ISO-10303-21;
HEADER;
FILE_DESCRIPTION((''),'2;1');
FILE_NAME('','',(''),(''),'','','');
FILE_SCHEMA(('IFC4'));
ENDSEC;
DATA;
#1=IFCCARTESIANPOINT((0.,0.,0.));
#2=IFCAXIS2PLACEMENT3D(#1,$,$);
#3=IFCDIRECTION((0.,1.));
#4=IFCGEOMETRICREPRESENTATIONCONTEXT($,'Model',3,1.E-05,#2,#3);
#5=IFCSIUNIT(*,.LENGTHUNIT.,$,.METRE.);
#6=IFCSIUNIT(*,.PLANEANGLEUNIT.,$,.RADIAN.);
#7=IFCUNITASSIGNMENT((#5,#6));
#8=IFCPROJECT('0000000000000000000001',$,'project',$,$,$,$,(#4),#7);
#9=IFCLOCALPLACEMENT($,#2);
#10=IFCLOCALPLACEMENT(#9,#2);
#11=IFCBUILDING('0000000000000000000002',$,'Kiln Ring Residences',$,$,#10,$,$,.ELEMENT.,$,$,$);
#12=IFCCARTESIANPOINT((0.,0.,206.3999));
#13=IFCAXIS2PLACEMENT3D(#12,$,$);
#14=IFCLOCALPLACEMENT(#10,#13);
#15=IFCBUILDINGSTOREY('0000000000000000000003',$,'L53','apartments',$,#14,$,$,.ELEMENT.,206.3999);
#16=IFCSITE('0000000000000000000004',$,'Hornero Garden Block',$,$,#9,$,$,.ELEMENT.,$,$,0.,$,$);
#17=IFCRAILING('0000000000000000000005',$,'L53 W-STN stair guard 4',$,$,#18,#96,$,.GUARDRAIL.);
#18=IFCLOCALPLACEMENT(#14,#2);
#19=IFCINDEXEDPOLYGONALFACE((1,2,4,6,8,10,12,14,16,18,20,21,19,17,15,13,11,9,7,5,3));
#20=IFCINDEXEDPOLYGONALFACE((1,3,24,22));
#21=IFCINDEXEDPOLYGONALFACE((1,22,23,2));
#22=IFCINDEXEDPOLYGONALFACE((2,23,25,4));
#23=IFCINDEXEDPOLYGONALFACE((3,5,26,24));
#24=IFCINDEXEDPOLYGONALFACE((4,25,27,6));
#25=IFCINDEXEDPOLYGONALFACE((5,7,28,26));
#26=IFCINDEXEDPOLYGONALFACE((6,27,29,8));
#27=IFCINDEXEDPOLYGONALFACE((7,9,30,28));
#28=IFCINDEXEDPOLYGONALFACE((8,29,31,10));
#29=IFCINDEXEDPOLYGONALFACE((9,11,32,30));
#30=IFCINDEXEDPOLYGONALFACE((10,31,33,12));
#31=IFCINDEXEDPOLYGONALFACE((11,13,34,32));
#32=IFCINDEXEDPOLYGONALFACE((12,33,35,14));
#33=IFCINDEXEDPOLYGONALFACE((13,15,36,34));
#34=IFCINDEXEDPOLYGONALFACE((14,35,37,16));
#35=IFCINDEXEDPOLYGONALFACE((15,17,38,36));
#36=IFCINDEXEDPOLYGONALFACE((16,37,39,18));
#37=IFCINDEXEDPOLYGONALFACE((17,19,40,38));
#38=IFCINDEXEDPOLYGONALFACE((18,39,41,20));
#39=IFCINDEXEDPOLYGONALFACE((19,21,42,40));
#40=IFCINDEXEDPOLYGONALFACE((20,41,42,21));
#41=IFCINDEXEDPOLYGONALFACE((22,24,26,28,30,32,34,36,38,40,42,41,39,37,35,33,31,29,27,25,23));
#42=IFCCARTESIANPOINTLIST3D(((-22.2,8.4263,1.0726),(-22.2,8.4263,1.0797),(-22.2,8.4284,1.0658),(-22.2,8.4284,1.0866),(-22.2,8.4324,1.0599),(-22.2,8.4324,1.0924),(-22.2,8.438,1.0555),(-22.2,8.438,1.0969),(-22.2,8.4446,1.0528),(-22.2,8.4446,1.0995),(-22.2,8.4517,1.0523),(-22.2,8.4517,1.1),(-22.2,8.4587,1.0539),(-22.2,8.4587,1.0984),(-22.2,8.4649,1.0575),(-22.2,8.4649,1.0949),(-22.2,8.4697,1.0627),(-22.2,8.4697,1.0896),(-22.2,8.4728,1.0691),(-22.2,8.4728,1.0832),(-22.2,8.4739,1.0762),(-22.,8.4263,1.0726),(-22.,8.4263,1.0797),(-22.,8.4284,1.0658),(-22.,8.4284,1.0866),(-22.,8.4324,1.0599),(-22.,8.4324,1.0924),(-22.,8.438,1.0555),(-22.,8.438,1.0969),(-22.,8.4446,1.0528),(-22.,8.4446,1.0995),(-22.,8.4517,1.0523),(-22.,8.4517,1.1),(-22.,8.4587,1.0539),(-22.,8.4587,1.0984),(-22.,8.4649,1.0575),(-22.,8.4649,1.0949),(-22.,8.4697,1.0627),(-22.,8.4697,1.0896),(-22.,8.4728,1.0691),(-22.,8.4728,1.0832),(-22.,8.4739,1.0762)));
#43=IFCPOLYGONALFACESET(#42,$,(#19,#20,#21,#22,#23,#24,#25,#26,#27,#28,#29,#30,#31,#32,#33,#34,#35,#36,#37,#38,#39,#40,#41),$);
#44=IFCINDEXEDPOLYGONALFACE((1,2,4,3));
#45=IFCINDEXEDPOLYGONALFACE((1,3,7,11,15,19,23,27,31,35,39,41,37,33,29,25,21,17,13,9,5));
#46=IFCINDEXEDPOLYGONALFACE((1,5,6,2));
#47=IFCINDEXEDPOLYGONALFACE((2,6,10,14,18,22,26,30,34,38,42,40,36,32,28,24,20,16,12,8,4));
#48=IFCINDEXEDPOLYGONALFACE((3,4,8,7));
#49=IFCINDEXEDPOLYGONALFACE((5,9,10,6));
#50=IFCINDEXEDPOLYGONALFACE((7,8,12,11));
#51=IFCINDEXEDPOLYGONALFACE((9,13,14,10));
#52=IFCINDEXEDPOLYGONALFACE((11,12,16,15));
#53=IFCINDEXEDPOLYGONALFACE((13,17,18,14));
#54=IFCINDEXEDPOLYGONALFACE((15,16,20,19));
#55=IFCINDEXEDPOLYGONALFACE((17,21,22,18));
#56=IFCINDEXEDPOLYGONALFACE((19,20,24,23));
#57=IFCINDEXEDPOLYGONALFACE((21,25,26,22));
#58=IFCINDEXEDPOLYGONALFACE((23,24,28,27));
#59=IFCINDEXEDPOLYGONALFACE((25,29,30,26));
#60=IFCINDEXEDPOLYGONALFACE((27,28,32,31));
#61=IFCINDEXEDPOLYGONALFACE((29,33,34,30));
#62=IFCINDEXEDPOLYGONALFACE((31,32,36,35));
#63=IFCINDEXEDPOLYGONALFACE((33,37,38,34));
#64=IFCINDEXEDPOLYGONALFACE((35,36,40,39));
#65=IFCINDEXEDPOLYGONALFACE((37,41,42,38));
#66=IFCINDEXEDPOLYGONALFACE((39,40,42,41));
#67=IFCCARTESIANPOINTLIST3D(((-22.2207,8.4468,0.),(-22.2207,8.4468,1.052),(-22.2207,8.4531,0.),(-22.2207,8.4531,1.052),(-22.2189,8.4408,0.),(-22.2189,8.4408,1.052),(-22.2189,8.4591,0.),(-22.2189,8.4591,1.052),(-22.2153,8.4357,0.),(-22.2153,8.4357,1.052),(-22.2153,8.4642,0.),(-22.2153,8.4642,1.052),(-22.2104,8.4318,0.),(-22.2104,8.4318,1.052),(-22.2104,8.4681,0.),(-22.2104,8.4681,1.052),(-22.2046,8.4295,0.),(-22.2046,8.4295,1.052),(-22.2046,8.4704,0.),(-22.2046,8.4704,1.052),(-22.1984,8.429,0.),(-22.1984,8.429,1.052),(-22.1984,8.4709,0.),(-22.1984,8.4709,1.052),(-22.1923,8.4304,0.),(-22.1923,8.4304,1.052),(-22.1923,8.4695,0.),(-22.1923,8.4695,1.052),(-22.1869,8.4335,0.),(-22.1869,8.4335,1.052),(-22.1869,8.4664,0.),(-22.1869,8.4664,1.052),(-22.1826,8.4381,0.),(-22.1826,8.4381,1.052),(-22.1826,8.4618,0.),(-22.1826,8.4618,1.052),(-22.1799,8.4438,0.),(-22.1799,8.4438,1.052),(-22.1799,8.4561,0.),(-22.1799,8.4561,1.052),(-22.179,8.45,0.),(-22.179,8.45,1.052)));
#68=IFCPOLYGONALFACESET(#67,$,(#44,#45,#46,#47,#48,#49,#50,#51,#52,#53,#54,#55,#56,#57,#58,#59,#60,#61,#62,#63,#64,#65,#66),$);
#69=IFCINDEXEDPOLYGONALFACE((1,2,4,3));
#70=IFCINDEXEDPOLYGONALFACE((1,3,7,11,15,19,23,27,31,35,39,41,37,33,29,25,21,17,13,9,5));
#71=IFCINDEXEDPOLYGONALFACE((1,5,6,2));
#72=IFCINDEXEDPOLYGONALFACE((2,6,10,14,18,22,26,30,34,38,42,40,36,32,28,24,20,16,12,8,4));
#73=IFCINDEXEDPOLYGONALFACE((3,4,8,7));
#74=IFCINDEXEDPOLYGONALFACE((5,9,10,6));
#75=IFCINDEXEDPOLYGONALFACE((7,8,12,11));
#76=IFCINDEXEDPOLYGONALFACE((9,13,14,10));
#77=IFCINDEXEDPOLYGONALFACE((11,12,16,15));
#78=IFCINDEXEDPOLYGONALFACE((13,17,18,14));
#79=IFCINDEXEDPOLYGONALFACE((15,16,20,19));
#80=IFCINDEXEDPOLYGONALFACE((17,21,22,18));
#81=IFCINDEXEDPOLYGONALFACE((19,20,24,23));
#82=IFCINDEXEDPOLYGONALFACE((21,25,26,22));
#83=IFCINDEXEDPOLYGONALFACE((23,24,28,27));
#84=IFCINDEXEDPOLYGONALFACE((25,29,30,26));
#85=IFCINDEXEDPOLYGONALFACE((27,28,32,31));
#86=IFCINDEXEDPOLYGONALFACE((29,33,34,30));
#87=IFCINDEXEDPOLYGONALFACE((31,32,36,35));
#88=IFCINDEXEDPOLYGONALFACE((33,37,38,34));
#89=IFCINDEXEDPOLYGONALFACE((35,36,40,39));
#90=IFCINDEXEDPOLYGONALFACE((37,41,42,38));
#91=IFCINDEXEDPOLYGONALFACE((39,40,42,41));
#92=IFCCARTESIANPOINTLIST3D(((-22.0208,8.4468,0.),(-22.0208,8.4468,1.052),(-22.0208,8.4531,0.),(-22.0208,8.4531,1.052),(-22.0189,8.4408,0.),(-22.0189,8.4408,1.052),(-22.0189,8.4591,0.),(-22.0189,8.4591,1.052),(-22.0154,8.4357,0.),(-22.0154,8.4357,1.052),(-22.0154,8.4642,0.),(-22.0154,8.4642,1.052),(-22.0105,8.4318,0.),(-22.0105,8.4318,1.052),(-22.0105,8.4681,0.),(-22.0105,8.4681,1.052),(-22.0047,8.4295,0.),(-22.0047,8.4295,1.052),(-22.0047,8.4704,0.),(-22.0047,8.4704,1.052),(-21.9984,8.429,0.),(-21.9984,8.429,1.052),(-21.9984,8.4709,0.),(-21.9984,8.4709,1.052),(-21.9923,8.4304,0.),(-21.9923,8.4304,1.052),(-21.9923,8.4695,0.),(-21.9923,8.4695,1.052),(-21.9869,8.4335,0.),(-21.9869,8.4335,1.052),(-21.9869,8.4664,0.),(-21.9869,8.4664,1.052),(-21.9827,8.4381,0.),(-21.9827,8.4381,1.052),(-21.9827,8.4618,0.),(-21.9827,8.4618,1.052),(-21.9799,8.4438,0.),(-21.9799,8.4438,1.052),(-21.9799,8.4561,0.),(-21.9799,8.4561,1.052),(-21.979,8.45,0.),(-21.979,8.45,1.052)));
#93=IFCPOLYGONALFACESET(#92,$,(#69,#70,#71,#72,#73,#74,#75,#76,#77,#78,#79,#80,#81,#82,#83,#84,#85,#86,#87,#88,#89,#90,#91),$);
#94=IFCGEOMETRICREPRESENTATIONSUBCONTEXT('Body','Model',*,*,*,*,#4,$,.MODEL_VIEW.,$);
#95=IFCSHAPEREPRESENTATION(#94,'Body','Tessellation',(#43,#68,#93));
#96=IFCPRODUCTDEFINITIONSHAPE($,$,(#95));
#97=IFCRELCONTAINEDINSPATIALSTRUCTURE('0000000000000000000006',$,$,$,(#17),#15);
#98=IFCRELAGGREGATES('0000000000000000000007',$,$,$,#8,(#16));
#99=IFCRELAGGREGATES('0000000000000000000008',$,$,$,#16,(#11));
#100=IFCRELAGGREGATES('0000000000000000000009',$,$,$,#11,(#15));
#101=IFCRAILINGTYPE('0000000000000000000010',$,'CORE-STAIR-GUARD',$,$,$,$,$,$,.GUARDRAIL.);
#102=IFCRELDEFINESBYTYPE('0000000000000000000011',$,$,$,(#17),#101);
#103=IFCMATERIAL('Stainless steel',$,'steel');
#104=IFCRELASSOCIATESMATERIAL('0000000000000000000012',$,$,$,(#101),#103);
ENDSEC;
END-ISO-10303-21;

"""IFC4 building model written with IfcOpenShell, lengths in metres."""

from ifc_helpers import new_model, si_unit, direction, frame, origin, origin_2d, place, context, subcontext, project, spatial, circle, extrude, material, type_object, element, save


model = new_model("IFC4")

# Units and contexts
model_context = context("Model", 3, precision=1e-05, world=origin(), true_north=direction((0.0, 1.0)))
body_context = subcontext(model_context, "Body", "Model", "MODEL_VIEW")
ifc_project = project(units=[si_unit("LENGTHUNIT", "METRE"), si_unit("PLANEANGLEUNIT", "RADIAN")], contexts=[model_context])

# Site, building, storey
site_placement = place(None, origin())
site = spatial("IfcSite", under=ifc_project, at=site_placement, Name="Hornero Garden Block", CompositionType="ELEMENT", RefElevation=0.0)
building_placement = place(site_placement, origin())
building = spatial("IfcBuilding", under=site, at=building_placement, Name="Kiln Ring Residences", CompositionType="ELEMENT")
storey_placement = place(building_placement, frame((0.0, 0.0, 206.3999)))
storey = spatial("IfcBuildingStorey", under=building, at=storey_placement, Name="L53", Description="apartments", CompositionType="ELEMENT", Elevation=206.3999)

# Railing
ifc_material_1 = material(Name="Stainless steel", Category="steel")
railing_type_1 = type_object("IfcRailingType", Name="CORE-STAIR-GUARD", PredefinedType="GUARDRAIL", material=ifc_material_1)
railing_1_placement = place(storey_placement, frame((-22.2, 8.45, 0.0)))
element("IfcRailing", 1, at=railing_1_placement, inside=storey, type_object=railing_type_1, Name="L53 W-STN stair guard 4", PredefinedType="GUARDRAIL", context=body_context, shape_type="SweptSolid", body=[
    extrude(circle(Radius=0.0239, at=origin_2d()), frame((0.0, 0.0, 1.0762), z_axis=(1.0, 0.0, 0.0), x_axis=(0.0, 1.0, 0.0)), (0.0, 0.0, 1.0), 0.2),
    extrude(circle(Radius=0.021, at=origin_2d()), origin(), (0.0, 0.0, 1.0), 1.052),
    extrude(circle(Radius=0.021, at=origin_2d()), frame((0.2, 0.0, 0.0)), (0.0, 0.0, 1.0), 1.052),
])

save(model, "model.ifc")
